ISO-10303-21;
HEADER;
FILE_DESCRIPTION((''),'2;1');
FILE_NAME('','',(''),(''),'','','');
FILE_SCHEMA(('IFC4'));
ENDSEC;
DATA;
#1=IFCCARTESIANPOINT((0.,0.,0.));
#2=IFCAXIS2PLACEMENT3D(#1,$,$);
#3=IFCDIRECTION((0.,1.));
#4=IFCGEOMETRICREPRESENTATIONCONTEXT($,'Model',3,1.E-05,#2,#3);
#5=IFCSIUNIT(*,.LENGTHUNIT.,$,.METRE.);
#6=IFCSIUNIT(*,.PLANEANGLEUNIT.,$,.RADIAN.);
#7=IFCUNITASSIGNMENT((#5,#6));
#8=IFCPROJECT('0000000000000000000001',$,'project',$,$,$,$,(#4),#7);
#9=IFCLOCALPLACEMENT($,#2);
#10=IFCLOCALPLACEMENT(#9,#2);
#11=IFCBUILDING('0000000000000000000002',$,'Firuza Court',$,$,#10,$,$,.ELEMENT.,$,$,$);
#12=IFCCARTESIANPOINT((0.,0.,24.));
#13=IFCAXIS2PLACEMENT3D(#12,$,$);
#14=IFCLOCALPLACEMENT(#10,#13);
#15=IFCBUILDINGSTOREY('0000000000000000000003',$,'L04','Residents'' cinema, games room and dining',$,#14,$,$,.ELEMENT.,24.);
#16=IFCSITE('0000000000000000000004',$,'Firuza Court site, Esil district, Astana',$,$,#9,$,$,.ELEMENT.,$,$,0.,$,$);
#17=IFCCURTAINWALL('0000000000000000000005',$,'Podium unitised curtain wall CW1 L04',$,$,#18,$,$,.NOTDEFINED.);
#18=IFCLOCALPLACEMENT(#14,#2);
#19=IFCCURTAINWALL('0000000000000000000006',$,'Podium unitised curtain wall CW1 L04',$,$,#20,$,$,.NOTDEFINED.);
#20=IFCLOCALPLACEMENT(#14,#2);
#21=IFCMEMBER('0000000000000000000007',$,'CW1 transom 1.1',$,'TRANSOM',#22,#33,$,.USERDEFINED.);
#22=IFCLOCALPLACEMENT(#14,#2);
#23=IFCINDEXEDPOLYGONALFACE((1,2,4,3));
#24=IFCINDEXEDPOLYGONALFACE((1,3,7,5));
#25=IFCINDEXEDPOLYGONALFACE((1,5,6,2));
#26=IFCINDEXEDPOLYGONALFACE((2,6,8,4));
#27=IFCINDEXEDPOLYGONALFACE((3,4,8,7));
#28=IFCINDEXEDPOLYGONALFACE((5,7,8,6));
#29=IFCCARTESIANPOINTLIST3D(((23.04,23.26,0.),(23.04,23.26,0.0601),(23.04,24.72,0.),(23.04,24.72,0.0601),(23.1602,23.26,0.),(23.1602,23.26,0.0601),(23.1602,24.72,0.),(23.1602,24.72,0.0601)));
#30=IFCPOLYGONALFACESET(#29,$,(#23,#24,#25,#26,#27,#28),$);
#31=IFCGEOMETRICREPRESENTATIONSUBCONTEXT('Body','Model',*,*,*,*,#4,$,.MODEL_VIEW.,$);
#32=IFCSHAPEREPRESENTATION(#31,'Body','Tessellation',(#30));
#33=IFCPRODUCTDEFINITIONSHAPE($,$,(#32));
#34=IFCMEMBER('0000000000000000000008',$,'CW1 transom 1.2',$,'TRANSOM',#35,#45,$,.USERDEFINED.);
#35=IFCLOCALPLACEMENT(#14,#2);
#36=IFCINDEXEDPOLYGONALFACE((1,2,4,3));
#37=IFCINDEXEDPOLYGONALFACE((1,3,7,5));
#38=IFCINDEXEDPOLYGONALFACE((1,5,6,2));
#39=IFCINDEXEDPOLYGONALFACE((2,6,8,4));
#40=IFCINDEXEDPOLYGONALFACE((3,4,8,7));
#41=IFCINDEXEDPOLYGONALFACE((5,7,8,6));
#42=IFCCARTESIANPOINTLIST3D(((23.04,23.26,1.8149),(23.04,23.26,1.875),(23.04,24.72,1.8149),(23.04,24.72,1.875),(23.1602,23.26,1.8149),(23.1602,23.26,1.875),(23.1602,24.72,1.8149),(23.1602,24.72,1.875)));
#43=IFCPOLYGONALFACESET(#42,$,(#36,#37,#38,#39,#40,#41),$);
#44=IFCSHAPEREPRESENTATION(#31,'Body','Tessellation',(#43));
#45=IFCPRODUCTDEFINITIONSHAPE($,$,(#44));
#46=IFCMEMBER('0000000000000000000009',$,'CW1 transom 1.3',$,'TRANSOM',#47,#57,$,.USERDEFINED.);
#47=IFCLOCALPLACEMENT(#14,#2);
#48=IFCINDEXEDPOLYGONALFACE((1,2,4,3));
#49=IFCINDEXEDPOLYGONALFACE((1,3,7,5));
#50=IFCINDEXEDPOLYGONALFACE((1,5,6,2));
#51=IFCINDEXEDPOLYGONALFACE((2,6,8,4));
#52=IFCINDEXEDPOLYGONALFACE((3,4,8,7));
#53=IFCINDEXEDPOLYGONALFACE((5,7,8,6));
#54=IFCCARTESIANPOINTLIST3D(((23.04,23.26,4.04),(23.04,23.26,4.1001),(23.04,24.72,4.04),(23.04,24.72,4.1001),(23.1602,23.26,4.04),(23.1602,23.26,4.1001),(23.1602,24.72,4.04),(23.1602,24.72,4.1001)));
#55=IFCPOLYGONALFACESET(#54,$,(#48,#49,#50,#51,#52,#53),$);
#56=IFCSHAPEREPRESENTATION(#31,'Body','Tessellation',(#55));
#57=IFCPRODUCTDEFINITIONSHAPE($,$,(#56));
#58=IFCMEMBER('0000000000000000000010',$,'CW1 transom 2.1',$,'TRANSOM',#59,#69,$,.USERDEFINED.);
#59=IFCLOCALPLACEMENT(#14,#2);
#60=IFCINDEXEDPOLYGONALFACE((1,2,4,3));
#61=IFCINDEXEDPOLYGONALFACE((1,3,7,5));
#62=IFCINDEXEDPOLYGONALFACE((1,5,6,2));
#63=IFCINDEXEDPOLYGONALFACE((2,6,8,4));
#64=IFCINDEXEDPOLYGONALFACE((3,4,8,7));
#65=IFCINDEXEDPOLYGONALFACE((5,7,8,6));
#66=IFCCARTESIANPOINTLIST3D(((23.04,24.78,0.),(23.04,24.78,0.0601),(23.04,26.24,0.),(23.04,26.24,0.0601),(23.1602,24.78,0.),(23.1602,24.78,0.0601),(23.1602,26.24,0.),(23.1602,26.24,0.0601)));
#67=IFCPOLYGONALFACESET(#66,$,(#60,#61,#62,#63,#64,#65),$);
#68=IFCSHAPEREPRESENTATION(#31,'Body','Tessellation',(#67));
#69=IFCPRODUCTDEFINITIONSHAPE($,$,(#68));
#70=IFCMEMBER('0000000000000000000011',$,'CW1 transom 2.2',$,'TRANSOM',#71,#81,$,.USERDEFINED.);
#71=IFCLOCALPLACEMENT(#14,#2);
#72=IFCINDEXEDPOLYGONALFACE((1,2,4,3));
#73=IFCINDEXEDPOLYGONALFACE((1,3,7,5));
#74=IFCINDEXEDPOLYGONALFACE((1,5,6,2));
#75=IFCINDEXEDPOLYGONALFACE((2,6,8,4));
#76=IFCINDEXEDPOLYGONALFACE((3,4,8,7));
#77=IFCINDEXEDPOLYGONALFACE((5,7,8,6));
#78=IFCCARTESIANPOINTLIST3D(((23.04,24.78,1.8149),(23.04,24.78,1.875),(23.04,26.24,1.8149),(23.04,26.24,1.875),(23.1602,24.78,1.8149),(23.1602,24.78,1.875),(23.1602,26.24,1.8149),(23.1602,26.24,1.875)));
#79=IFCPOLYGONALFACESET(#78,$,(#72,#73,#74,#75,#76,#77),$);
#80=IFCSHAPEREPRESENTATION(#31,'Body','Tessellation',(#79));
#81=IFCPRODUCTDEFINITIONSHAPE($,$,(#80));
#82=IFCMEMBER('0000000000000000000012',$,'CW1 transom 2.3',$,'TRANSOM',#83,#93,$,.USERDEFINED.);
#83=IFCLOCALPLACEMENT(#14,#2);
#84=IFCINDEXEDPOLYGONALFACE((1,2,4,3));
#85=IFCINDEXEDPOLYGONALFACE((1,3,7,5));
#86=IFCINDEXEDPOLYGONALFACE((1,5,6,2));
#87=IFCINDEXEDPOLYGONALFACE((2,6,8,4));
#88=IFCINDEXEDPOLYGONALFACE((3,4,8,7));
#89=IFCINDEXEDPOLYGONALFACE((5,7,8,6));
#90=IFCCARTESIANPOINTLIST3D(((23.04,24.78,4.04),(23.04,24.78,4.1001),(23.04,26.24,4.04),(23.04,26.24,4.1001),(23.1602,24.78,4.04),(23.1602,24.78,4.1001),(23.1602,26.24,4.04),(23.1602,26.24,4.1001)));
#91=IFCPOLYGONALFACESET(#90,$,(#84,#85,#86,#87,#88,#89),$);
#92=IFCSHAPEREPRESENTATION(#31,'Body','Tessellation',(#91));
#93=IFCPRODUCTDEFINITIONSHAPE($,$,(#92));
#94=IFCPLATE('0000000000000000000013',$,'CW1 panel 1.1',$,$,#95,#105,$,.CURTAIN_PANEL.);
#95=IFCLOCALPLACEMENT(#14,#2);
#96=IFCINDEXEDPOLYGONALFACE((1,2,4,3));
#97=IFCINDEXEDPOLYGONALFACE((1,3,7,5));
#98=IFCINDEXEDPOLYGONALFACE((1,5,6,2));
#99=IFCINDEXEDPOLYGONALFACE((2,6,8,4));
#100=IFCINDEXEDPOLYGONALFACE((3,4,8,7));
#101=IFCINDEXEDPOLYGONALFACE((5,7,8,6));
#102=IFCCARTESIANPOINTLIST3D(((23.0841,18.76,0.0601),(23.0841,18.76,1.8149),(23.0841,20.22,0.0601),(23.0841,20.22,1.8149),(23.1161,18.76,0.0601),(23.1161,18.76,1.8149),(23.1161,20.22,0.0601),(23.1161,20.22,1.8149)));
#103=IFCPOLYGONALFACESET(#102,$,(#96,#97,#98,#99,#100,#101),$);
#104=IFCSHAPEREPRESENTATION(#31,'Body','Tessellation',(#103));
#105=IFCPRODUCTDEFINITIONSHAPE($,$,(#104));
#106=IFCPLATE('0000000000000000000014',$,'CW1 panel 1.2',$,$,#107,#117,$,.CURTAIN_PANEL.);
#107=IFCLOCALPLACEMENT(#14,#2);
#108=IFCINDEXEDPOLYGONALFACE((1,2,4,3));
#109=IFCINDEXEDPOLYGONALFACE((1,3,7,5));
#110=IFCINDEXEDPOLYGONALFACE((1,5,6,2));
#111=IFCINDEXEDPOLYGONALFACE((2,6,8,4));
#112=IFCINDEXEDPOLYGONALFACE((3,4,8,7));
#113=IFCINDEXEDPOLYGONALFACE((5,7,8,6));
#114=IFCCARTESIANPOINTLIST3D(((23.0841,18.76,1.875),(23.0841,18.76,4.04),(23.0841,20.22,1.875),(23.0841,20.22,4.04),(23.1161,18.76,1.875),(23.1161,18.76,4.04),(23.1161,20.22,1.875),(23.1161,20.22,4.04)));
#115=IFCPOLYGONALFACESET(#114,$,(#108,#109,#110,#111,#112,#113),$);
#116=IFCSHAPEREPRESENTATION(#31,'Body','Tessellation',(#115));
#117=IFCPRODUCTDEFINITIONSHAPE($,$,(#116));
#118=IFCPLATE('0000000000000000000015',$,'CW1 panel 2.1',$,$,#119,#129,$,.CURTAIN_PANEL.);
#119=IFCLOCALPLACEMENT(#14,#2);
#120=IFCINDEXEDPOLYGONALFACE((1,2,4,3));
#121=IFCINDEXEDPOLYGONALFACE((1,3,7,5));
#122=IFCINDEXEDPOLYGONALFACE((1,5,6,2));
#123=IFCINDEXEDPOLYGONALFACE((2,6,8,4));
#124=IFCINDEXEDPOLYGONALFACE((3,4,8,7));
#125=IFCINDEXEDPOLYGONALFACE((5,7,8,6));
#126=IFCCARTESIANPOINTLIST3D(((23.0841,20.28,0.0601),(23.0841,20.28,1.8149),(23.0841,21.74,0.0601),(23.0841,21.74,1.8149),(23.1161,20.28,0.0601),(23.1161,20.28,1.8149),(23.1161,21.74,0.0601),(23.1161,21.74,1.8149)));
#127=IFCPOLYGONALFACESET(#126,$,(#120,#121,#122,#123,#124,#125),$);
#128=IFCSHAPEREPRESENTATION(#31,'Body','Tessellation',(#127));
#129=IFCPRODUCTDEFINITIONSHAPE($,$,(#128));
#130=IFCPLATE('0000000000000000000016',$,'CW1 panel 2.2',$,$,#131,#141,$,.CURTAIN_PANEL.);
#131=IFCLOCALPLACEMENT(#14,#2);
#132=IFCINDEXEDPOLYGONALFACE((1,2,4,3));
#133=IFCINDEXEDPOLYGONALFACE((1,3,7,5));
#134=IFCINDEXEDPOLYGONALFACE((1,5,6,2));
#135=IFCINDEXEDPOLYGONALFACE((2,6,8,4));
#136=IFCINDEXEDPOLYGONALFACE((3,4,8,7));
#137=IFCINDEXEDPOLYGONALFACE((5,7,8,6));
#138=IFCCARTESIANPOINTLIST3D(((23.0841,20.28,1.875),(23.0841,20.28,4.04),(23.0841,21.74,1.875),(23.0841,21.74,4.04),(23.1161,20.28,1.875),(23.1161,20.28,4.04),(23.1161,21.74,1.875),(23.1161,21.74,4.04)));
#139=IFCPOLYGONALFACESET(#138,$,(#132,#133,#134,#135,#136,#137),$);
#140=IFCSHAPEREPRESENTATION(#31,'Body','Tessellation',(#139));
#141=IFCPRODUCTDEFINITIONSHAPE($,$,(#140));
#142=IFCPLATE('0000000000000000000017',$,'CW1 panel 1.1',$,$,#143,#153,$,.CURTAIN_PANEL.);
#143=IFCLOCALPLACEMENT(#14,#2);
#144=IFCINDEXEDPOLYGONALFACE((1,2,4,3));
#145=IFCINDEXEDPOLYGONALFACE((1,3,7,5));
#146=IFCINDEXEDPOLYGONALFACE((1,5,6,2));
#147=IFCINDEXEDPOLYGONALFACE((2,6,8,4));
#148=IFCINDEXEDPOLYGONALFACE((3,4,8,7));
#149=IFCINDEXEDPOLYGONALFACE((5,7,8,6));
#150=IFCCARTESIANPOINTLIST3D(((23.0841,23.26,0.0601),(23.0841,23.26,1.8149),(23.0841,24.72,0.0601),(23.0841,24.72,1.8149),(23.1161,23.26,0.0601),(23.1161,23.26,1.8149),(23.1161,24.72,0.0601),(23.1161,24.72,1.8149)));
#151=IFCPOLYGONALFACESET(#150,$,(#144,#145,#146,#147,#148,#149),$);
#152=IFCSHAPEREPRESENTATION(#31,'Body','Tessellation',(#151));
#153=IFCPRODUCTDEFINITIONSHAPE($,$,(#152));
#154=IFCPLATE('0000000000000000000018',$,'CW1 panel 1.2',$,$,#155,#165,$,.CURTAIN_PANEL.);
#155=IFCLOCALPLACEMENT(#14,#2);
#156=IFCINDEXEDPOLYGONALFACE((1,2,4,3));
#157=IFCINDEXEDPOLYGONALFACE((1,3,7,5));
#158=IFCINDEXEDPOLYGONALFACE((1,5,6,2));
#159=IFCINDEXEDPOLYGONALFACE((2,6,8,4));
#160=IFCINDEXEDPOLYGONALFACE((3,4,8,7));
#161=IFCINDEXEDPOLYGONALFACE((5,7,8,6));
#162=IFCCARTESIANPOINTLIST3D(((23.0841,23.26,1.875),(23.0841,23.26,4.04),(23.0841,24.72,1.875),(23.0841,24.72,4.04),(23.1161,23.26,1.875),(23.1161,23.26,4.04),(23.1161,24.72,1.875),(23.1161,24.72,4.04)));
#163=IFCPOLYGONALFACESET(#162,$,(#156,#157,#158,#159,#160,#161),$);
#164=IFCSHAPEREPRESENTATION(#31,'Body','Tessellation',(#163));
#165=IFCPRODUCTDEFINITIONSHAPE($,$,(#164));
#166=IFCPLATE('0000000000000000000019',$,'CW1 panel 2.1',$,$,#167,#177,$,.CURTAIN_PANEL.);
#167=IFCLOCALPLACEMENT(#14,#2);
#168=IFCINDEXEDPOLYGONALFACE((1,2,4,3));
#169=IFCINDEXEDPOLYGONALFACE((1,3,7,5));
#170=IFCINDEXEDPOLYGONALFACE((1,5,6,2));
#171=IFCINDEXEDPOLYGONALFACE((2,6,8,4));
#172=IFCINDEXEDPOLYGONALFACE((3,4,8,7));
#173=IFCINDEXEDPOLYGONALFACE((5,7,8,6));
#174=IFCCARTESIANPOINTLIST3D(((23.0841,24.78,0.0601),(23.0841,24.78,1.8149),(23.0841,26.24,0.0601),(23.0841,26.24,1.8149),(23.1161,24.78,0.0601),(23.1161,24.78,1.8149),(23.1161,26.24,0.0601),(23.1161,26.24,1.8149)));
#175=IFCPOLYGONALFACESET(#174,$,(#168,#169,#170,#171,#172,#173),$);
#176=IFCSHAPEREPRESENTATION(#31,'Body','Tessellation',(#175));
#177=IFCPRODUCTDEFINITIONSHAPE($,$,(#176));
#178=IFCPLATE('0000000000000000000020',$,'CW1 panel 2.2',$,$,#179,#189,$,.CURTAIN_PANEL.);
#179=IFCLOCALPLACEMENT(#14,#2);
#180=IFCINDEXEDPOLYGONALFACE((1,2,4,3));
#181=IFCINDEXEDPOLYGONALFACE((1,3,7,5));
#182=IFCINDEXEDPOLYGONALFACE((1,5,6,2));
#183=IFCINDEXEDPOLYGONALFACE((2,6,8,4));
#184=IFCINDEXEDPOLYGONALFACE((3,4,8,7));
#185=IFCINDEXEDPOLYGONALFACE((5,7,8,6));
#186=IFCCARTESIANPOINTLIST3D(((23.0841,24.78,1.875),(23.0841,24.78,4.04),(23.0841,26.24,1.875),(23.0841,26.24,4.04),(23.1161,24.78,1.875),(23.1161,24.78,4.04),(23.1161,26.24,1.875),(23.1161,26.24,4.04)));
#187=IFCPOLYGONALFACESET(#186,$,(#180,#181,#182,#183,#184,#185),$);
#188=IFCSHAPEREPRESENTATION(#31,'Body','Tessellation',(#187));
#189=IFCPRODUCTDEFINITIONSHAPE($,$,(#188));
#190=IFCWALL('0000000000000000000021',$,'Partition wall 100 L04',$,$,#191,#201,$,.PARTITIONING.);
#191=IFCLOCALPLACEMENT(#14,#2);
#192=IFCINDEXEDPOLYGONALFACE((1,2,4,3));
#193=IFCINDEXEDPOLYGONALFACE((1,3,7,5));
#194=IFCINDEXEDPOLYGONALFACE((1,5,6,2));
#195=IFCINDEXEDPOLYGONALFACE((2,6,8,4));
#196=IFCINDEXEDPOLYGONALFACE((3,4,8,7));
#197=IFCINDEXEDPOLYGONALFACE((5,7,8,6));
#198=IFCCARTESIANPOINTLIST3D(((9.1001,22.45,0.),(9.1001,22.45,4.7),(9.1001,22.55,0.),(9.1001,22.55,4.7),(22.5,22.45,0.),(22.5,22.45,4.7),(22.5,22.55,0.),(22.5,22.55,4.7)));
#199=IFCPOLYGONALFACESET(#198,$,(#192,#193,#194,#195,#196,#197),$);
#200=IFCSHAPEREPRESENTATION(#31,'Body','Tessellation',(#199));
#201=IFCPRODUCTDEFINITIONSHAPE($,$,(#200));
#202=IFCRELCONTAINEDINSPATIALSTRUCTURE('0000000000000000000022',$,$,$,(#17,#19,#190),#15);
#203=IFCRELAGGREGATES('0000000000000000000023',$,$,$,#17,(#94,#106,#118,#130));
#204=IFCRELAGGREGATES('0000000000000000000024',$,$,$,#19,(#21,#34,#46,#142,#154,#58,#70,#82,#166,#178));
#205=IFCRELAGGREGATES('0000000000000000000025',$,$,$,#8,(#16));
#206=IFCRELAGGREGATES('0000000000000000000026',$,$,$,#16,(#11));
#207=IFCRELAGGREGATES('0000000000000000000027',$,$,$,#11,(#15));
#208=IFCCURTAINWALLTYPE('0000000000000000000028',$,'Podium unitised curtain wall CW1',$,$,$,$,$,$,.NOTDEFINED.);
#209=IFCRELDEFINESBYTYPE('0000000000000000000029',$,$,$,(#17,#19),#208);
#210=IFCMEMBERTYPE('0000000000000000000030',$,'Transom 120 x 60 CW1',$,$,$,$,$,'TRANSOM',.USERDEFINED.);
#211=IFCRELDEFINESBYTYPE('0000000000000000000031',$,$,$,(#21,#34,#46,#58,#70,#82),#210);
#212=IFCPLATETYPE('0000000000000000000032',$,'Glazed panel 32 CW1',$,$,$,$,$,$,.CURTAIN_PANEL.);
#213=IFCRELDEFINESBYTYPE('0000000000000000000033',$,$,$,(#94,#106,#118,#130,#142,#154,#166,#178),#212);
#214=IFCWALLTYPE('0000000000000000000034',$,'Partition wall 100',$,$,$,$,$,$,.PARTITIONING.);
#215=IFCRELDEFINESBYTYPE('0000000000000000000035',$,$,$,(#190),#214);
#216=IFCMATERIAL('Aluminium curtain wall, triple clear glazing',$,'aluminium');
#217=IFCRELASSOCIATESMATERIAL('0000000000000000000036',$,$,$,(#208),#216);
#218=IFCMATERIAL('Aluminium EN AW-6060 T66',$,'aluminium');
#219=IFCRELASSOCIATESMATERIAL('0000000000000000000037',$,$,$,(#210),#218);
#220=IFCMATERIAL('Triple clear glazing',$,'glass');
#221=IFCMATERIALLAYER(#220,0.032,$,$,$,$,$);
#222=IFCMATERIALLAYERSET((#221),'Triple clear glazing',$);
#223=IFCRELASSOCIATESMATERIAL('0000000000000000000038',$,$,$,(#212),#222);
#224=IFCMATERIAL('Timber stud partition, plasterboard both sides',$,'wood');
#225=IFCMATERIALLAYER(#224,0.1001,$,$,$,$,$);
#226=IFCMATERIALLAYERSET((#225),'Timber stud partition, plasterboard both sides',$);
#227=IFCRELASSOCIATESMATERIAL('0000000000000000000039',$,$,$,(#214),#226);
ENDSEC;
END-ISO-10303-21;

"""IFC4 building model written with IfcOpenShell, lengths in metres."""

from ifc_helpers import new_model, si_unit, direction, frame, frame_2d, origin, origin_2d, place, context, subcontext, project, spatial, rectangle, extrude, material, layer, layer_set, material_profile, profile_set, type_object, element, aggregate, save


model = new_model("IFC4")

# Units and contexts
model_context = context("Model", 3, precision=1e-05, world=origin(), true_north=direction((0.0, 1.0)))
body_context = subcontext(model_context, "Body", "Model", "MODEL_VIEW")
ifc_project = project(units=[si_unit("LENGTHUNIT", "METRE"), si_unit("PLANEANGLEUNIT", "RADIAN")], contexts=[model_context])

# Site, building, storey
site_placement = place(None, origin())
site = spatial("IfcSite", under=ifc_project, at=site_placement, Name="Firuza Court site, Esil district, Astana", CompositionType="ELEMENT", RefElevation=0.0)
building_placement = place(site_placement, origin())
building = spatial("IfcBuilding", under=site, at=building_placement, Name="Firuza Court", CompositionType="ELEMENT")
storey_placement = place(building_placement, frame((0.0, 0.0, 24.0)))
storey = spatial("IfcBuildingStorey", under=building, at=storey_placement, Name="L04", Description="Residents' cinema, games room and dining", CompositionType="ELEMENT", Elevation=24.0)

# Curtain walls
ifc_material_1 = material(Name="Aluminium curtain wall, triple clear glazing", Category="aluminium")
curtain_wall_type = type_object("IfcCurtainWallType", Name="Podium unitised curtain wall CW1", PredefinedType="NOTDEFINED", material=ifc_material_1)
curtain_wall_1_placement = place(storey_placement, origin())
curtain_wall_1 = element("IfcCurtainWall", 1, at=curtain_wall_1_placement, inside=storey, type_object=curtain_wall_type, Name="Podium unitised curtain wall CW1 L04", PredefinedType="NOTDEFINED")
curtain_wall_2_placement = place(storey_placement, origin())
curtain_wall_2 = element("IfcCurtainWall", 2, at=curtain_wall_2_placement, inside=storey, type_object=curtain_wall_type, Name="Podium unitised curtain wall CW1 L04", PredefinedType="NOTDEFINED")

# Members
ifc_material_2 = material(Name="Aluminium EN AW-6060 T66", Category="aluminium")
ifc_material_profile_1 = material_profile(ifc_material_2, rectangle(XDim=0.1201, YDim=0.0601, at=origin_2d()), Name="Transom 120 x 60 CW1")
ifc_profile_set_1 = profile_set([ifc_material_profile_1], Name="Aluminium EN AW-6060 T66")
member_type_1 = type_object("IfcMemberType", Name="Transom 120 x 60 CW1", ElementType="TRANSOM", PredefinedType="USERDEFINED", material=ifc_profile_set_1)
member_1_placement = place(storey_placement, frame((23.1001, 23.26, 0.03), z_axis=(0.0, 1.0, 0.0), x_axis=(-1.0, 0.0, 0.0)))
member_1 = element("IfcMember", 3, at=member_1_placement, type_object=member_type_1, Name="CW1 transom 1.1", ObjectType="TRANSOM", PredefinedType="USERDEFINED", context=body_context, shape_type="SweptSolid", body=[
    extrude(rectangle(XDim=0.1201, YDim=0.0601, at=origin_2d()), origin(), (0.0, 0.0, 1.0), 1.46),
])
member_2_placement = place(storey_placement, frame((23.1001, 23.26, 1.845), z_axis=(0.0, 1.0, 0.0), x_axis=(-1.0, 0.0, 0.0)))
member_2 = element("IfcMember", 4, at=member_2_placement, type_object=member_type_1, Name="CW1 transom 1.2", ObjectType="TRANSOM", PredefinedType="USERDEFINED", context=body_context, shape_type="SweptSolid", body=[
    extrude(rectangle(XDim=0.1201, YDim=0.0601, at=origin_2d()), origin(), (0.0, 0.0, 1.0), 1.46),
])
member_3_placement = place(storey_placement, frame((23.1001, 23.26, 4.0701), z_axis=(0.0, 1.0, 0.0), x_axis=(-1.0, 0.0, 0.0)))
member_3 = element("IfcMember", 5, at=member_3_placement, type_object=member_type_1, Name="CW1 transom 1.3", ObjectType="TRANSOM", PredefinedType="USERDEFINED", context=body_context, shape_type="SweptSolid", body=[
    extrude(rectangle(XDim=0.1201, YDim=0.0601, at=origin_2d()), origin(), (0.0, 0.0, 1.0), 1.46),
])
member_4_placement = place(storey_placement, frame((23.1001, 24.78, 0.03), z_axis=(0.0, 1.0, 0.0), x_axis=(-1.0, 0.0, 0.0)))
member_4 = element("IfcMember", 6, at=member_4_placement, type_object=member_type_1, Name="CW1 transom 2.1", ObjectType="TRANSOM", PredefinedType="USERDEFINED", context=body_context, shape_type="SweptSolid", body=[
    extrude(rectangle(XDim=0.1201, YDim=0.0601, at=origin_2d()), origin(), (0.0, 0.0, 1.0), 1.46),
])
member_5_placement = place(storey_placement, frame((23.1001, 24.78, 1.845), z_axis=(0.0, 1.0, 0.0), x_axis=(-1.0, 0.0, 0.0)))
member_5 = element("IfcMember", 7, at=member_5_placement, type_object=member_type_1, Name="CW1 transom 2.2", ObjectType="TRANSOM", PredefinedType="USERDEFINED", context=body_context, shape_type="SweptSolid", body=[
    extrude(rectangle(XDim=0.1201, YDim=0.0601, at=origin_2d()), origin(), (0.0, 0.0, 1.0), 1.46),
])
member_6_placement = place(storey_placement, frame((23.1001, 24.78, 4.0701), z_axis=(0.0, 1.0, 0.0), x_axis=(-1.0, 0.0, 0.0)))
member_6 = element("IfcMember", 8, at=member_6_placement, type_object=member_type_1, Name="CW1 transom 2.3", ObjectType="TRANSOM", PredefinedType="USERDEFINED", context=body_context, shape_type="SweptSolid", body=[
    extrude(rectangle(XDim=0.1201, YDim=0.0601, at=origin_2d()), origin(), (0.0, 0.0, 1.0), 1.46),
])

# Plates
ifc_material_3 = material(Name="Triple clear glazing", Category="glass")
ifc_layer_1 = layer(ifc_material_3, 0.032)
ifc_layer_set_1 = layer_set([ifc_layer_1], Name="Triple clear glazing")
plate_type = type_object("IfcPlateType", Name="Glazed panel 32 CW1", PredefinedType="CURTAIN_PANEL", material=ifc_layer_set_1)
plate_1_placement = place(storey_placement, frame((23.1001, 19.49, 0.0601), z_axis=(0.0, 0.0, 1.0), x_axis=(0.0, 1.0, 0.0)))
plate_1 = element("IfcPlate", 9, at=plate_1_placement, type_object=plate_type, Name="CW1 panel 1.1", PredefinedType="CURTAIN_PANEL", context=body_context, shape_type="SweptSolid", body=[
    extrude(rectangle(XDim=1.46, YDim=0.032, at=origin_2d()), origin(), (0.0, 0.0, 1.0), 1.7549),
])
plate_2_placement = place(storey_placement, frame((23.1001, 19.49, 1.875), z_axis=(0.0, 0.0, 1.0), x_axis=(0.0, 1.0, 0.0)))
plate_2 = element("IfcPlate", 10, at=plate_2_placement, type_object=plate_type, Name="CW1 panel 1.2", PredefinedType="CURTAIN_PANEL", context=body_context, shape_type="SweptSolid", body=[
    extrude(rectangle(XDim=1.46, YDim=0.032, at=origin_2d()), origin(), (0.0, 0.0, 1.0), 2.165),
])
plate_3_placement = place(storey_placement, frame((23.1001, 21.01, 0.0601), z_axis=(0.0, 0.0, 1.0), x_axis=(0.0, 1.0, 0.0)))
plate_3 = element("IfcPlate", 11, at=plate_3_placement, type_object=plate_type, Name="CW1 panel 2.1", PredefinedType="CURTAIN_PANEL", context=body_context, shape_type="SweptSolid", body=[
    extrude(rectangle(XDim=1.46, YDim=0.032, at=origin_2d()), origin(), (0.0, 0.0, 1.0), 1.7549),
])
plate_4_placement = place(storey_placement, frame((23.1001, 21.01, 1.875), z_axis=(0.0, 0.0, 1.0), x_axis=(0.0, 1.0, 0.0)))
plate_4 = element("IfcPlate", 12, at=plate_4_placement, type_object=plate_type, Name="CW1 panel 2.2", PredefinedType="CURTAIN_PANEL", context=body_context, shape_type="SweptSolid", body=[
    extrude(rectangle(XDim=1.46, YDim=0.032, at=origin_2d()), origin(), (0.0, 0.0, 1.0), 2.165),
])
aggregate(curtain_wall_1, [plate_1, plate_2, plate_3, plate_4])
plate_5_placement = place(storey_placement, frame((23.1001, 23.99, 0.0601), z_axis=(0.0, 0.0, 1.0), x_axis=(0.0, 1.0, 0.0)))
plate_5 = element("IfcPlate", 13, at=plate_5_placement, type_object=plate_type, Name="CW1 panel 1.1", PredefinedType="CURTAIN_PANEL", context=body_context, shape_type="SweptSolid", body=[
    extrude(rectangle(XDim=1.46, YDim=0.032, at=origin_2d()), origin(), (0.0, 0.0, 1.0), 1.7549),
])
plate_6_placement = place(storey_placement, frame((23.1001, 23.99, 1.875), z_axis=(0.0, 0.0, 1.0), x_axis=(0.0, 1.0, 0.0)))
plate_6 = element("IfcPlate", 14, at=plate_6_placement, type_object=plate_type, Name="CW1 panel 1.2", PredefinedType="CURTAIN_PANEL", context=body_context, shape_type="SweptSolid", body=[
    extrude(rectangle(XDim=1.46, YDim=0.032, at=origin_2d()), origin(), (0.0, 0.0, 1.0), 2.165),
])
plate_7_placement = place(storey_placement, frame((23.1001, 25.51, 0.0601), z_axis=(0.0, 0.0, 1.0), x_axis=(0.0, 1.0, 0.0)))
plate_7 = element("IfcPlate", 15, at=plate_7_placement, type_object=plate_type, Name="CW1 panel 2.1", PredefinedType="CURTAIN_PANEL", context=body_context, shape_type="SweptSolid", body=[
    extrude(rectangle(XDim=1.46, YDim=0.032, at=origin_2d()), origin(), (0.0, 0.0, 1.0), 1.7549),
])
plate_8_placement = place(storey_placement, frame((23.1001, 25.51, 1.875), z_axis=(0.0, 0.0, 1.0), x_axis=(0.0, 1.0, 0.0)))
plate_8 = element("IfcPlate", 16, at=plate_8_placement, type_object=plate_type, Name="CW1 panel 2.2", PredefinedType="CURTAIN_PANEL", context=body_context, shape_type="SweptSolid", body=[
    extrude(rectangle(XDim=1.46, YDim=0.032, at=origin_2d()), origin(), (0.0, 0.0, 1.0), 2.165),
])
aggregate(curtain_wall_2, [member_1, member_2, member_3, plate_5, plate_6, member_4, member_5, member_6, plate_7, plate_8])

# Wall
ifc_material_4 = material(Name="Timber stud partition, plasterboard both sides", Category="wood")
ifc_layer_2 = layer(ifc_material_4, 0.1001)
ifc_layer_set_2 = layer_set([ifc_layer_2], Name="Timber stud partition, plasterboard both sides")
wall_type = type_object("IfcWallType", Name="Partition wall 100", PredefinedType="PARTITIONING", material=ifc_layer_set_2)
wall_placement = place(storey_placement, frame((22.5, 22.5, 0.0), z_axis=(0.0, 0.0, 1.0), x_axis=(-1.0, 0.0, 0.0)))
element("IfcWall", 17, at=wall_placement, inside=storey, type_object=wall_type, Name="Partition wall 100 L04", PredefinedType="PARTITIONING", context=body_context, shape_type="SweptSolid", body=[
    extrude(rectangle(XDim=13.3999, YDim=0.1001, at=frame_2d((6.7, 0.0))), origin(), (0.0, 0.0, 1.0), 4.7),
])

save(model, "model.ifc")
